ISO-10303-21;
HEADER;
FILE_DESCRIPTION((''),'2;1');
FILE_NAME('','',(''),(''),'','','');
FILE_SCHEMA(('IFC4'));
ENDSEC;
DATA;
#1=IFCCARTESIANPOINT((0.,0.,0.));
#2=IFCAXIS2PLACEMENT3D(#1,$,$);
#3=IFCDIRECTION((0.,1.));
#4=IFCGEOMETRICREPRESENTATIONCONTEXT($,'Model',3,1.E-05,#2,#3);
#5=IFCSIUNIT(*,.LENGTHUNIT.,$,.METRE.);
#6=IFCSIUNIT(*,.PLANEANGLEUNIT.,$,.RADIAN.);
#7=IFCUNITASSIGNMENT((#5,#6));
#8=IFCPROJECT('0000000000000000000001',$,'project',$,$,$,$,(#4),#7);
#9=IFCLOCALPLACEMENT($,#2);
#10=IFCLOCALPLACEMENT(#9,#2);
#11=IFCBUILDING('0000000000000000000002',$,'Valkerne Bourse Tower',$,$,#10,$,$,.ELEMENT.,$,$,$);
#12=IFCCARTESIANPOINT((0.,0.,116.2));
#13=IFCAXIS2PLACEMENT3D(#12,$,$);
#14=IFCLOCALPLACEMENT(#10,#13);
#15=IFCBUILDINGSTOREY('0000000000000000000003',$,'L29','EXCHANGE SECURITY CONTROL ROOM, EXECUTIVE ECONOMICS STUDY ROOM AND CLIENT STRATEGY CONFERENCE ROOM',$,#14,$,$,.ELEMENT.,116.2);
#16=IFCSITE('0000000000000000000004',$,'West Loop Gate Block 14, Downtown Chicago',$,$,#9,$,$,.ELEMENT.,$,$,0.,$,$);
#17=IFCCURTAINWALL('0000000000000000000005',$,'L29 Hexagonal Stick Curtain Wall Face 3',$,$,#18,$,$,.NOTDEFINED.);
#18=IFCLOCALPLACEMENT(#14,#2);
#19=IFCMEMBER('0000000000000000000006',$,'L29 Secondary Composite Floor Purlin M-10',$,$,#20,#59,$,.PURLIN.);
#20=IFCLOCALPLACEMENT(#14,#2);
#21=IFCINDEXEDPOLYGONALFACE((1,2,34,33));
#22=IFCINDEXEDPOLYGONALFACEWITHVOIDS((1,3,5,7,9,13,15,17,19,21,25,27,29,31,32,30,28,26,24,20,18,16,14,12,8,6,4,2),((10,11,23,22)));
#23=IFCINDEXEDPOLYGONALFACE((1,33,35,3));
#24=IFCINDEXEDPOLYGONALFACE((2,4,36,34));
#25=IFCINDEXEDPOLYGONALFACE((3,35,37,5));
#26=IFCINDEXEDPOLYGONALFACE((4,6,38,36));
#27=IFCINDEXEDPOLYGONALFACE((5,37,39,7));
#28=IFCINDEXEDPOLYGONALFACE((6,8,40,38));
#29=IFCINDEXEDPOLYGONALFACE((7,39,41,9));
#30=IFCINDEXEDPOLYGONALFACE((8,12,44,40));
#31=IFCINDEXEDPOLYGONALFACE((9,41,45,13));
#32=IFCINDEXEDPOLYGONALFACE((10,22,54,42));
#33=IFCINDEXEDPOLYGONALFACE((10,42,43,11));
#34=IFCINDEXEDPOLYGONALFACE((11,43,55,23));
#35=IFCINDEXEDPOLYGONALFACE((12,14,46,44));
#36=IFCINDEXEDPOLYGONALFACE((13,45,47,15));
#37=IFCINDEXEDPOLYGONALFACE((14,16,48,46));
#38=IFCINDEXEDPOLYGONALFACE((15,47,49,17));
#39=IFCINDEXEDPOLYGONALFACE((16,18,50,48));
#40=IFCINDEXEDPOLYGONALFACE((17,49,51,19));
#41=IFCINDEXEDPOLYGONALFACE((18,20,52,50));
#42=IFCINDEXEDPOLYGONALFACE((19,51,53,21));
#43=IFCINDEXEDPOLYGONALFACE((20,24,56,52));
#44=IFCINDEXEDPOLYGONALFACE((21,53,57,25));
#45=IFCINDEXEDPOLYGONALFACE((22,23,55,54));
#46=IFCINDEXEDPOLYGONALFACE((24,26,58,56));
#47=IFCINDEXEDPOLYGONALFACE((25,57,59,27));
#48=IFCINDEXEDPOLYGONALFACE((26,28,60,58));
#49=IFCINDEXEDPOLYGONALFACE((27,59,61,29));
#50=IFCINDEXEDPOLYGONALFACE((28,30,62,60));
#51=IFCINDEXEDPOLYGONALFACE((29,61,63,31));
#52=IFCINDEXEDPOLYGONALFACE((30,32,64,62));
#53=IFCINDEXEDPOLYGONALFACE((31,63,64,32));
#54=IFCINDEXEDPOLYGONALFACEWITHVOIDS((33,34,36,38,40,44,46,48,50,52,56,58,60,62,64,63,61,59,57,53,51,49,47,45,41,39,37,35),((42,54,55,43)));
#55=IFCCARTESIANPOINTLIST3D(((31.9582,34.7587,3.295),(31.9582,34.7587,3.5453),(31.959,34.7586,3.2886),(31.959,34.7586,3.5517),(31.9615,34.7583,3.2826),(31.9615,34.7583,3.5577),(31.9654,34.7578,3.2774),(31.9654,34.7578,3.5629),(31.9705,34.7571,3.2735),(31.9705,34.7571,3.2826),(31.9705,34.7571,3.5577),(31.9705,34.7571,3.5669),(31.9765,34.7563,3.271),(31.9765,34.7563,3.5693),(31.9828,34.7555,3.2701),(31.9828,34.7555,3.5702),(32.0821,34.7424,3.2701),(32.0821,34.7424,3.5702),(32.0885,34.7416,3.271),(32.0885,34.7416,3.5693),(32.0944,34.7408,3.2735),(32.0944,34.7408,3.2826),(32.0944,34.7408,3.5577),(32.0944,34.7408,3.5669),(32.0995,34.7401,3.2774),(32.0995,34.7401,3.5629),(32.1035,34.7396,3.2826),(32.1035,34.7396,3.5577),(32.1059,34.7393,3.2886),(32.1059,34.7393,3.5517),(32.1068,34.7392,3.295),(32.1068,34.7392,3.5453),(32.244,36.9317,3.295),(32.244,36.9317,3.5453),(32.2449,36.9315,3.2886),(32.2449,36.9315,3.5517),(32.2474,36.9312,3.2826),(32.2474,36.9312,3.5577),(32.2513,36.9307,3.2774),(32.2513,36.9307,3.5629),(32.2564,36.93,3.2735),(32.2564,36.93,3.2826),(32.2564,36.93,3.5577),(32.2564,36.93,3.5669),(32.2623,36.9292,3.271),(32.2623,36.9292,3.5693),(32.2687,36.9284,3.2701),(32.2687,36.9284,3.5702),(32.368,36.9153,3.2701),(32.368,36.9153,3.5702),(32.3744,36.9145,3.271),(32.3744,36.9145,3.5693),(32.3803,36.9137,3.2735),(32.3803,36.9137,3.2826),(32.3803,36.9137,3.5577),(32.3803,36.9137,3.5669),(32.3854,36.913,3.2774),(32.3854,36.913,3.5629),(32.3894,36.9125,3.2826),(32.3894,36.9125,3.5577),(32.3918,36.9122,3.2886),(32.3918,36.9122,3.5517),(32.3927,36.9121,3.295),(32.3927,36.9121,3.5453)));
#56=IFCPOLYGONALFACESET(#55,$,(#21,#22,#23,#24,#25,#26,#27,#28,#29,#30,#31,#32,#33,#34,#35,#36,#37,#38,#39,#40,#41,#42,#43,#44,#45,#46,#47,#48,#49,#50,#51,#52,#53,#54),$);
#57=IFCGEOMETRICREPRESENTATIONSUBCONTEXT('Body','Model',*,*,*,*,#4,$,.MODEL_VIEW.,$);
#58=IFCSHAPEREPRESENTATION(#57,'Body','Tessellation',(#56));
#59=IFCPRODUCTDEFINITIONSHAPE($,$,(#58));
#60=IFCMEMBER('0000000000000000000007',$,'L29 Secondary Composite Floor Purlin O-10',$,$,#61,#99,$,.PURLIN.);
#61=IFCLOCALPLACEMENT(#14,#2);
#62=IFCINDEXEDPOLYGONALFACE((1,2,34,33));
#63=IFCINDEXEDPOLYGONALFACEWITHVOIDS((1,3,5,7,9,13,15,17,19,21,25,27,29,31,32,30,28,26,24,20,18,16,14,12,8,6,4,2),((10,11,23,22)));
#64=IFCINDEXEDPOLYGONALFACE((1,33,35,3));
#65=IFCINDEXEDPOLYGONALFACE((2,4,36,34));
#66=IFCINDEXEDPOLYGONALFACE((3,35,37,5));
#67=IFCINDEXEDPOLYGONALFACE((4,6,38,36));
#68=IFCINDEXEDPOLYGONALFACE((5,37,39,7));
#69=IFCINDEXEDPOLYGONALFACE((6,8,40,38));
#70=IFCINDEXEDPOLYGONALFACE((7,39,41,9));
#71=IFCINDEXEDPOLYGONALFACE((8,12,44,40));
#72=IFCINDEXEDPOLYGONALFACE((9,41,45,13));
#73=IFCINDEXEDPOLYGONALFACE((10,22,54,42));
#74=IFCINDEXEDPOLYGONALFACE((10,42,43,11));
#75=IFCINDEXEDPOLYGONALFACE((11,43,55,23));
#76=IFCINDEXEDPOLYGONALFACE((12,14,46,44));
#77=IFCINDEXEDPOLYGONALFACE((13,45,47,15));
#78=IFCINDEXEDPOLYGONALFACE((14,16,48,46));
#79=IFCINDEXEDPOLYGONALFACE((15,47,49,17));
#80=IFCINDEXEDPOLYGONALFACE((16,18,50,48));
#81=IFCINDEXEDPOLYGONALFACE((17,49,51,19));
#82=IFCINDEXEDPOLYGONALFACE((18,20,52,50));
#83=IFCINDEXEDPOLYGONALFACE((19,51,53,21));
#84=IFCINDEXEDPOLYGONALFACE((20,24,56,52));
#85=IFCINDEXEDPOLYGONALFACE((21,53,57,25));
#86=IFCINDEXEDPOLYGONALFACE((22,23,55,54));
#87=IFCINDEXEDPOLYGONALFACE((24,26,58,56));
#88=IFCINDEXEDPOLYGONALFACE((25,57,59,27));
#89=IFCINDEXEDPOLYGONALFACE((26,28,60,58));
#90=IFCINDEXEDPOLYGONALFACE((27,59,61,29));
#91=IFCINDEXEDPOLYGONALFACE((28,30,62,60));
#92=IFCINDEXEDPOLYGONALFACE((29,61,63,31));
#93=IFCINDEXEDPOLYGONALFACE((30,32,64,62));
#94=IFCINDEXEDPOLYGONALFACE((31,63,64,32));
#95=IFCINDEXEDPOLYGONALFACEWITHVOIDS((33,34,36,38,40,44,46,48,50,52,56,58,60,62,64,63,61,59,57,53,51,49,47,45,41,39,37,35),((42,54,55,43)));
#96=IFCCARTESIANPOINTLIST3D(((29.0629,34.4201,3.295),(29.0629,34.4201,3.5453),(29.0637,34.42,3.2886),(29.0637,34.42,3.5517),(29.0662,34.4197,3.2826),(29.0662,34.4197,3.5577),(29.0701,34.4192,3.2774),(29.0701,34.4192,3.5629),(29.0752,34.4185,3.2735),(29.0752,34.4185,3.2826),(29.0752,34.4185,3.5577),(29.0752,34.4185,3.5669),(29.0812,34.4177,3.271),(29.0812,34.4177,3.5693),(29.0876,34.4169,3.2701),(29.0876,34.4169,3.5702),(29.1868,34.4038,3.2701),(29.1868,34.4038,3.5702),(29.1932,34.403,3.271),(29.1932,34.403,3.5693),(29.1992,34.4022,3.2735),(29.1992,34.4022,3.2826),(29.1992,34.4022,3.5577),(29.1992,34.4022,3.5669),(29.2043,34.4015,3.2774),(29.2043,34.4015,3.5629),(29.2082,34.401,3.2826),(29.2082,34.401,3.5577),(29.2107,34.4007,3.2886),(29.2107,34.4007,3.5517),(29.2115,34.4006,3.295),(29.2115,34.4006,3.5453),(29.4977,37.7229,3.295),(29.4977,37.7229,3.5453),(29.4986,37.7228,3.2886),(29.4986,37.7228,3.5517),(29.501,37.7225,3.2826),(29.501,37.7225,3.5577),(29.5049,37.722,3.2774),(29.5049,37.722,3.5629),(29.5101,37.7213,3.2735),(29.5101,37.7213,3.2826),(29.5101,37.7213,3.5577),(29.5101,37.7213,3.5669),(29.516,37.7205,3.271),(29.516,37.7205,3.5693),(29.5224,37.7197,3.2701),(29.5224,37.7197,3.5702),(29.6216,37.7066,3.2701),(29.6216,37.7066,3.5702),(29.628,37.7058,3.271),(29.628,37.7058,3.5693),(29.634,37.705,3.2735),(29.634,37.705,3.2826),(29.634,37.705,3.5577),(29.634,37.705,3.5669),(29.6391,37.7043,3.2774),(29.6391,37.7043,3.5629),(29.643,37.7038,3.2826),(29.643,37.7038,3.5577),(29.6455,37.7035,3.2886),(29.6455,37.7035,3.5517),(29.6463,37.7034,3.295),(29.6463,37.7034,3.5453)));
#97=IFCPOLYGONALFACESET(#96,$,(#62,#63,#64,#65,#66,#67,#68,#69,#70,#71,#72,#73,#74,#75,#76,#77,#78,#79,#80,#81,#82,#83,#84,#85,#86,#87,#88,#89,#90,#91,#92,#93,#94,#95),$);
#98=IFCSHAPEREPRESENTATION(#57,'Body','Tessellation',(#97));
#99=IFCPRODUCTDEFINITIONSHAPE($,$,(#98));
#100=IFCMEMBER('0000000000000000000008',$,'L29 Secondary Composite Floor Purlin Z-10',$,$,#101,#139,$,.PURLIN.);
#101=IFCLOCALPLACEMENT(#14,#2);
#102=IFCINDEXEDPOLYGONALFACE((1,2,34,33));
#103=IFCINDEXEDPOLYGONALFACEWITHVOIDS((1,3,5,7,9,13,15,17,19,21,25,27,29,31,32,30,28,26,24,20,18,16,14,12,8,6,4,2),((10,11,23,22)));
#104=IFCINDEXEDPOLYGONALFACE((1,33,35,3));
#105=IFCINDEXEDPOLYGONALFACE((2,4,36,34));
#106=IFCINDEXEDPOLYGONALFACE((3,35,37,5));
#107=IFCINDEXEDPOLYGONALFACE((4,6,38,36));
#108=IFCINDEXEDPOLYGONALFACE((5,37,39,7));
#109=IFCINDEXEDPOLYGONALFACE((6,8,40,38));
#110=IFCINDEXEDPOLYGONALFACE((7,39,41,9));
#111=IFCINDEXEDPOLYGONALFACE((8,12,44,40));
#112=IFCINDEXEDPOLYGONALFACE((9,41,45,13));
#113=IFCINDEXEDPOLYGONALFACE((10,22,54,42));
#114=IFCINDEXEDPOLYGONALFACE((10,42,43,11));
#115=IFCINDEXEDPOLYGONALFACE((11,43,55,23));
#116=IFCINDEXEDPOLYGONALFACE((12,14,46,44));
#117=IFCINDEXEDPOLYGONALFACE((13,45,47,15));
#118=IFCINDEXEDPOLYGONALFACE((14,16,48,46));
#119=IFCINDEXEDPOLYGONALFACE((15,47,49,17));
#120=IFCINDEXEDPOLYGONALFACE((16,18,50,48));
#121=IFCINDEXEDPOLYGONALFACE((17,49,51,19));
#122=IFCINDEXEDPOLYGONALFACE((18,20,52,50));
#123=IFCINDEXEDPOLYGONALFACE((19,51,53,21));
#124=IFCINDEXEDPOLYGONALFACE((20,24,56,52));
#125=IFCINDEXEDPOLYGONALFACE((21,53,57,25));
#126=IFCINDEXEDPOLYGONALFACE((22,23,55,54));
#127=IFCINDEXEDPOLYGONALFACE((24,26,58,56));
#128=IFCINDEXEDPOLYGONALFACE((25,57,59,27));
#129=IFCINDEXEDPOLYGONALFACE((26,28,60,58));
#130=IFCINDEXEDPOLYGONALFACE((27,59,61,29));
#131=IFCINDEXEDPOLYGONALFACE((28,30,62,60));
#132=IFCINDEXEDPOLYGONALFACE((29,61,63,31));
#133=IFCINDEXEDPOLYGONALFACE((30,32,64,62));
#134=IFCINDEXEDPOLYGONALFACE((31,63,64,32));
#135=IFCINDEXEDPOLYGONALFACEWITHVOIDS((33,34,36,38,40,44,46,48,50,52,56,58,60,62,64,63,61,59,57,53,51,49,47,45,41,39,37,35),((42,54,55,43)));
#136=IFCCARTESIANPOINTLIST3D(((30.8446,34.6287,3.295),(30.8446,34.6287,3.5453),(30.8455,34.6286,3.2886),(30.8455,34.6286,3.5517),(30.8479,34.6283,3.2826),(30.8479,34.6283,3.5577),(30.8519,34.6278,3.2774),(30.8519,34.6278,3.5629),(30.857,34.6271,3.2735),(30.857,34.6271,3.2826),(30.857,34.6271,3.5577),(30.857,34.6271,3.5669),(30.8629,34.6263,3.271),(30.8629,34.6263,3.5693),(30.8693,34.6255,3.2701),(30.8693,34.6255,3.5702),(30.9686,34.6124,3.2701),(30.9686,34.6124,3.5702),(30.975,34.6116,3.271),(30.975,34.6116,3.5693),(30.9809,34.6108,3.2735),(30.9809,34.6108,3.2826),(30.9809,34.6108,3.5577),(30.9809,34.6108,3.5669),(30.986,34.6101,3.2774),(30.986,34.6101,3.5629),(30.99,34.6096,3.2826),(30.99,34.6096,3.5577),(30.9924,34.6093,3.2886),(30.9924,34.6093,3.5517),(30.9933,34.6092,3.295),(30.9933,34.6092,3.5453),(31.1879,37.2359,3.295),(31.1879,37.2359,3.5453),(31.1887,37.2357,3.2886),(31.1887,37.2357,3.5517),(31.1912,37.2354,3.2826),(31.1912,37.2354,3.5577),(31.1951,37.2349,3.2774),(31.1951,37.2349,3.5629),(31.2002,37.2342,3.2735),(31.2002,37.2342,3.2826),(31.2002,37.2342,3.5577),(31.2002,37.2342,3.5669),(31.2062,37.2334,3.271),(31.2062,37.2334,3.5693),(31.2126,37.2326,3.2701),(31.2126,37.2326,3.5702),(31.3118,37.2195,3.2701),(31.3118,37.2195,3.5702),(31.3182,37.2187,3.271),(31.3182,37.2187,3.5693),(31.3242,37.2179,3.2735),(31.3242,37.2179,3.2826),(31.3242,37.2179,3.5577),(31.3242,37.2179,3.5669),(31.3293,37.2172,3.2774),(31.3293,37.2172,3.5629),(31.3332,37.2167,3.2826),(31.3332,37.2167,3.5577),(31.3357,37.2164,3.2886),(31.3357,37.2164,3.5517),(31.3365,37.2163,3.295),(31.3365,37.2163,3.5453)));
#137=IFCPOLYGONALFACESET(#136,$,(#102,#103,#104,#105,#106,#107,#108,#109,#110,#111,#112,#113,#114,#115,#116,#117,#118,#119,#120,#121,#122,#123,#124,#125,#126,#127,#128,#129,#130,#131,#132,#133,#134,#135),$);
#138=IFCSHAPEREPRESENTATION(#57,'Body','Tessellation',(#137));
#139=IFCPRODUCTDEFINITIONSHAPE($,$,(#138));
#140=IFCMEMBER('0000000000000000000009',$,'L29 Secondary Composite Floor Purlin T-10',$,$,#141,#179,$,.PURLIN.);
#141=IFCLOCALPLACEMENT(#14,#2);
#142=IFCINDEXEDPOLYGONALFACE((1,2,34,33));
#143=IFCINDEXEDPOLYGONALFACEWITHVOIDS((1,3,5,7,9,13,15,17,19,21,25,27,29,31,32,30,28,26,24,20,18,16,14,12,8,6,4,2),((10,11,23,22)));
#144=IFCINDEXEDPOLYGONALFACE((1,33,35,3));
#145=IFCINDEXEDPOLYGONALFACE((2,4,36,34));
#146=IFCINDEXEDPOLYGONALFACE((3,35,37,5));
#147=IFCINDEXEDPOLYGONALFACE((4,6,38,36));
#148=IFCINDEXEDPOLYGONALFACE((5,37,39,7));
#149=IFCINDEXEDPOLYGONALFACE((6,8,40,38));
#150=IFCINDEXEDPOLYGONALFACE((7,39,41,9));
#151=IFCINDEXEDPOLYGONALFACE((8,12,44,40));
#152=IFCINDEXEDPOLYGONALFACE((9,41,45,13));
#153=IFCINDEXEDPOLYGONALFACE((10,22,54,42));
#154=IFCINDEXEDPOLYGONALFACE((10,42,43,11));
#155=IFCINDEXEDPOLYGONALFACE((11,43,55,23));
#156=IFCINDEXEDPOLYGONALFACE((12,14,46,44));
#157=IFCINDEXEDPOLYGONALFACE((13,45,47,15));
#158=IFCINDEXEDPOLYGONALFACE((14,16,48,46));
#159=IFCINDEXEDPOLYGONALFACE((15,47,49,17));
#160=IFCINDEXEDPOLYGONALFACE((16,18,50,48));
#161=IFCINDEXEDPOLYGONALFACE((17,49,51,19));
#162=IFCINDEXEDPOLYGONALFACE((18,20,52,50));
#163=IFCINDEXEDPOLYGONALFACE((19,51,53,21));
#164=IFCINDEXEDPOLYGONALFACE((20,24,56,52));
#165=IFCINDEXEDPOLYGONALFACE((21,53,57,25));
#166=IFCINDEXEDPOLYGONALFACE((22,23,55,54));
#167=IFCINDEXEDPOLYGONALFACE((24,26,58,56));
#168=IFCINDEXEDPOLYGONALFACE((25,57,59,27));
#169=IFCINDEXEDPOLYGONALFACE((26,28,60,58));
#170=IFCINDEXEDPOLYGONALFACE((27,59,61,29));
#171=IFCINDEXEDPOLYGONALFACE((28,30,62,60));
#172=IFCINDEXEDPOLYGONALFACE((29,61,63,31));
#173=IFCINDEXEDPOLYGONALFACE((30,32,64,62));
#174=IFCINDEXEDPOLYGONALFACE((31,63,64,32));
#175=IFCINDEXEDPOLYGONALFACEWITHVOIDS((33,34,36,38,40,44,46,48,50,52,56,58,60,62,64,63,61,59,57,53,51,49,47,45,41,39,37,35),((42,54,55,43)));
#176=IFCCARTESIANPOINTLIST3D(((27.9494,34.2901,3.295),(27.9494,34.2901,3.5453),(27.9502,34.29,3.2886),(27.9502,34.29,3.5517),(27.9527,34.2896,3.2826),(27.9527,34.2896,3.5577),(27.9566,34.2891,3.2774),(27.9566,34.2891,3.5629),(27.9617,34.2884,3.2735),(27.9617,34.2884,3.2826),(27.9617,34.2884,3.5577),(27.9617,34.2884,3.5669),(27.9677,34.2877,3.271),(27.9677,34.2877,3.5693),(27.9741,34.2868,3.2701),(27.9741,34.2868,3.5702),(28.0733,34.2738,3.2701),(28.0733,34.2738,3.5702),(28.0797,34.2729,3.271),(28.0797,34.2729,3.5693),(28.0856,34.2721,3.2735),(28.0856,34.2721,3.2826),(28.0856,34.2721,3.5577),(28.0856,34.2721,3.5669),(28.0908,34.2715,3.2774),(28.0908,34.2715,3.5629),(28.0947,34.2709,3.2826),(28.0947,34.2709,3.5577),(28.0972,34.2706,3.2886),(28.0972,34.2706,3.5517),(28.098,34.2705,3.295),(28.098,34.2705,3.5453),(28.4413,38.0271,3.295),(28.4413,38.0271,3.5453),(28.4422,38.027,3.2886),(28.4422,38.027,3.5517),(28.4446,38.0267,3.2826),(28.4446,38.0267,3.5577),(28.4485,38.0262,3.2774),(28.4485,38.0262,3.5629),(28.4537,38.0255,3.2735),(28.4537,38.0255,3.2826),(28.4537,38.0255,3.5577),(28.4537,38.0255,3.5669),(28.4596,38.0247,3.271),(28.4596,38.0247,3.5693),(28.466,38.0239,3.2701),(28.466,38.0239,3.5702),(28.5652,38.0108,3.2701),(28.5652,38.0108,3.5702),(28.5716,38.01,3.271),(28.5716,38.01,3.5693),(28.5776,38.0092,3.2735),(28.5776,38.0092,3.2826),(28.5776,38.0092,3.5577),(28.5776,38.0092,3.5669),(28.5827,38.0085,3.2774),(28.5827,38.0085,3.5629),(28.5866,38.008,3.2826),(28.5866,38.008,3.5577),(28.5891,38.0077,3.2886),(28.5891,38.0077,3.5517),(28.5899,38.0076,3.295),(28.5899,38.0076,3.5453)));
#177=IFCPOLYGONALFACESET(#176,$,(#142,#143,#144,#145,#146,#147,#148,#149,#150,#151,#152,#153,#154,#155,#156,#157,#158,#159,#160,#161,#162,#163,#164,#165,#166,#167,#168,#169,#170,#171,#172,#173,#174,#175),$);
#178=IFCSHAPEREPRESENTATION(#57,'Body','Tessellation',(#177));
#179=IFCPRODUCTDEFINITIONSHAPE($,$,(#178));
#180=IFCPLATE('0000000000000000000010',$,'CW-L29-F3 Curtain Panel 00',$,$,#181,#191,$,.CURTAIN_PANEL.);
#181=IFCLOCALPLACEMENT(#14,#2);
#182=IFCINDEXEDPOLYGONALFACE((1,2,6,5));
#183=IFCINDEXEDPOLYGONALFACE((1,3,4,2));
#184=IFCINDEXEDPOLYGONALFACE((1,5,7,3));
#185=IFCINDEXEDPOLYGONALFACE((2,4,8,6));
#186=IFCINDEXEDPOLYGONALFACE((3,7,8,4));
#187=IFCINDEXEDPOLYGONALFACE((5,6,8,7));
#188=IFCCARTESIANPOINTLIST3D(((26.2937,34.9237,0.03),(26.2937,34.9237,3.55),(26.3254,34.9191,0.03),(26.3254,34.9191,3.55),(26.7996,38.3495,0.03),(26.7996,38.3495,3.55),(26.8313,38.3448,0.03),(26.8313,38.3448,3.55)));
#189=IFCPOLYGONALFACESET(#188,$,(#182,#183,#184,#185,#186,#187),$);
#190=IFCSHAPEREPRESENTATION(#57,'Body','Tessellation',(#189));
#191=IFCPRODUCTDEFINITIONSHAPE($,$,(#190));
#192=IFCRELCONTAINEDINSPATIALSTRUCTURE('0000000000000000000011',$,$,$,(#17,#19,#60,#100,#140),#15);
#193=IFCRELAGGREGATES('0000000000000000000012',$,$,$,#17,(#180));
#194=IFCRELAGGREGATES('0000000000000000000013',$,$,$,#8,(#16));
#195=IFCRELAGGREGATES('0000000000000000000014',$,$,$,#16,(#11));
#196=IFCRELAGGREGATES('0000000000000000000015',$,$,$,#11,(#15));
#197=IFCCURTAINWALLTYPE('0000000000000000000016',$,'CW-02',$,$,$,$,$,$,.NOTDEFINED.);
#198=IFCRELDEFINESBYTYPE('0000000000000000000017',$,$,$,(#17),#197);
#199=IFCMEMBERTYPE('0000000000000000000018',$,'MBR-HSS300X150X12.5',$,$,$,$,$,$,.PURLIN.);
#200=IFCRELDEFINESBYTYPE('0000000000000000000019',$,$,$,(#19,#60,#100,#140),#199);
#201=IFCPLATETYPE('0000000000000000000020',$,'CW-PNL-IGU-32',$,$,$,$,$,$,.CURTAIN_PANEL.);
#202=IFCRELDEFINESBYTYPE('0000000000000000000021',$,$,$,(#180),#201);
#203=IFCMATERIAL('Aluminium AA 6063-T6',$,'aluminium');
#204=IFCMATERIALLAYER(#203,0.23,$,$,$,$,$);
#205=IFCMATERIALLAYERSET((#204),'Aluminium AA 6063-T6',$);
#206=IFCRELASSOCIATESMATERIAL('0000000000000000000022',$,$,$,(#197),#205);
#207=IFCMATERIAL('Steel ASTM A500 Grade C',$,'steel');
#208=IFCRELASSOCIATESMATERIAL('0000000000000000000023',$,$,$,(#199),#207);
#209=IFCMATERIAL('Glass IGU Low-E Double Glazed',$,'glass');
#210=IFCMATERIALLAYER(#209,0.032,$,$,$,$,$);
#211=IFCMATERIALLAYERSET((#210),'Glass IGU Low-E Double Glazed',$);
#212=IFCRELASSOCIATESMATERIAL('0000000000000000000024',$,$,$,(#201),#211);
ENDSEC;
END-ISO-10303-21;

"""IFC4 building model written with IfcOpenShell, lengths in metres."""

from ifc_helpers import new_model, si_unit, direction, frame, origin, origin_2d, place, context, subcontext, project, spatial, rectangle, hollow_rectangle, extrude, material, layer, layer_set, material_profile, profile_set, type_object, element, aggregate, save


model = new_model("IFC4")

# Units and contexts
model_context = context("Model", 3, precision=1e-05, world=origin(), true_north=direction((0.0, 1.0)))
body_context = subcontext(model_context, "Body", "Model", "MODEL_VIEW")
ifc_project = project(units=[si_unit("LENGTHUNIT", "METRE"), si_unit("PLANEANGLEUNIT", "RADIAN")], contexts=[model_context])

# Site, building, storey
site_placement = place(None, origin())
site = spatial("IfcSite", under=ifc_project, at=site_placement, Name="West Loop Gate Block 14, Downtown Chicago", CompositionType="ELEMENT", RefElevation=0.0)
building_placement = place(site_placement, origin())
building = spatial("IfcBuilding", under=site, at=building_placement, Name="Valkerne Bourse Tower", CompositionType="ELEMENT")
storey_placement = place(building_placement, frame((0.0, 0.0, 116.2)))
storey = spatial("IfcBuildingStorey", under=building, at=storey_placement, Name="L29", Description="EXCHANGE SECURITY CONTROL ROOM, EXECUTIVE ECONOMICS STUDY ROOM AND CLIENT STRATEGY CONFERENCE ROOM", CompositionType="ELEMENT", Elevation=116.2)

# Curtain wall
ifc_material_1 = material(Name="Aluminium AA 6063-T6", Category="aluminium")
ifc_layer_1 = layer(ifc_material_1, 0.23)
ifc_layer_set_1 = layer_set([ifc_layer_1], Name="Aluminium AA 6063-T6")
curtain_wall_type = type_object("IfcCurtainWallType", Name="CW-02", PredefinedType="NOTDEFINED", material=ifc_layer_set_1)
curtain_wall_placement = place(storey_placement, origin())
curtain_wall = element("IfcCurtainWall", 1, at=curtain_wall_placement, inside=storey, type_object=curtain_wall_type, Name="L29 Hexagonal Stick Curtain Wall Face 3", PredefinedType="NOTDEFINED")

# Members
ifc_material_2 = material(Name="Steel ASTM A500 Grade C", Category="steel")
ifc_material_profile_1 = material_profile(ifc_material_2, hollow_rectangle(XDim=0.1499, YDim=0.3, WallThickness=0.0125, OuterFilletRadius=0.0249, at=origin_2d()), Name="HSS300X150X12.5")
ifc_profile_set_1 = profile_set([ifc_material_profile_1], Name="Steel ASTM A500 Grade C")
member_type_1 = type_object("IfcMemberType", Name="MBR-HSS300X150X12.5", PredefinedType="PURLIN", material=ifc_profile_set_1)
member_1_placement = place(storey_placement, frame((32.3184, 36.9219, 3.4202), z_axis=(-0.130449, -0.991455, 0.0), x_axis=(0.991455, -0.130449, 0.0)))
element("IfcMember", 2, at=member_1_placement, inside=storey, type_object=member_type_1, Name="L29 Secondary Composite Floor Purlin M-10", PredefinedType="PURLIN", context=body_context, shape_type="SweptSolid", body=[
    extrude(hollow_rectangle(XDim=0.1499, YDim=0.3, WallThickness=0.0125, OuterFilletRadius=0.0249, at=origin_2d()), origin(), (0.0, 0.0, 1.0), 2.1917),
])
member_2_placement = place(storey_placement, frame((29.572, 37.7131, 3.4202), z_axis=(-0.130527, -0.991445, 0.0), x_axis=(0.991445, -0.130527, 0.0)))
element("IfcMember", 3, at=member_2_placement, inside=storey, type_object=member_type_1, Name="L29 Secondary Composite Floor Purlin O-10", PredefinedType="PURLIN", context=body_context, shape_type="SweptSolid", body=[
    extrude(hollow_rectangle(XDim=0.1499, YDim=0.3, WallThickness=0.0125, OuterFilletRadius=0.0249, at=origin_2d()), origin(), (0.0, 0.0, 1.0), 3.3313),
])
member_3_placement = place(storey_placement, frame((31.2622, 37.2261, 3.4202), z_axis=(-0.130534, -0.991444, 0.0), x_axis=(0.991444, -0.130534, 0.0)))
element("IfcMember", 4, at=member_3_placement, inside=storey, type_object=member_type_1, Name="L29 Secondary Composite Floor Purlin Z-10", PredefinedType="PURLIN", context=body_context, shape_type="SweptSolid", body=[
    extrude(hollow_rectangle(XDim=0.1499, YDim=0.3, WallThickness=0.0125, OuterFilletRadius=0.0249, at=origin_2d()), origin(), (0.0, 0.0, 1.0), 2.6296),
])
member_4_placement = place(storey_placement, frame((28.5156, 38.0173, 3.4202), z_axis=(-0.130513, -0.991447, 0.0), x_axis=(0.991447, -0.130513, 0.0)))
element("IfcMember", 5, at=member_4_placement, inside=storey, type_object=member_type_1, Name="L29 Secondary Composite Floor Purlin T-10", PredefinedType="PURLIN", context=body_context, shape_type="SweptSolid", body=[
    extrude(hollow_rectangle(XDim=0.1499, YDim=0.3, WallThickness=0.0125, OuterFilletRadius=0.0249, at=origin_2d()), origin(), (0.0, 0.0, 1.0), 3.7693),
])

# Plate
ifc_material_3 = material(Name="Glass IGU Low-E Double Glazed", Category="glass")
ifc_layer_2 = layer(ifc_material_3, 0.032)
ifc_layer_set_2 = layer_set([ifc_layer_2], Name="Glass IGU Low-E Double Glazed")
plate_type = type_object("IfcPlateType", Name="CW-PNL-IGU-32", PredefinedType="CURTAIN_PANEL", material=ifc_layer_set_2)
plate_1_placement = place(storey_placement, frame((26.5625, 36.6343, 0.03), z_axis=(0.0, 0.0, 1.0), x_axis=(-0.146086, -0.989272, 0.0)))
plate_1 = element("IfcPlate", 6, at=plate_1_placement, type_object=plate_type, Name="CW-L29-F3 Curtain Panel 00", PredefinedType="CURTAIN_PANEL", context=body_context, shape_type="SweptSolid", body=[
    extrude(rectangle(XDim=3.4629, YDim=0.032, at=origin_2d()), origin(), (0.0, 0.0, 1.0), 3.52),
])
aggregate(curtain_wall, [plate_1])

save(model, "model.ifc")
